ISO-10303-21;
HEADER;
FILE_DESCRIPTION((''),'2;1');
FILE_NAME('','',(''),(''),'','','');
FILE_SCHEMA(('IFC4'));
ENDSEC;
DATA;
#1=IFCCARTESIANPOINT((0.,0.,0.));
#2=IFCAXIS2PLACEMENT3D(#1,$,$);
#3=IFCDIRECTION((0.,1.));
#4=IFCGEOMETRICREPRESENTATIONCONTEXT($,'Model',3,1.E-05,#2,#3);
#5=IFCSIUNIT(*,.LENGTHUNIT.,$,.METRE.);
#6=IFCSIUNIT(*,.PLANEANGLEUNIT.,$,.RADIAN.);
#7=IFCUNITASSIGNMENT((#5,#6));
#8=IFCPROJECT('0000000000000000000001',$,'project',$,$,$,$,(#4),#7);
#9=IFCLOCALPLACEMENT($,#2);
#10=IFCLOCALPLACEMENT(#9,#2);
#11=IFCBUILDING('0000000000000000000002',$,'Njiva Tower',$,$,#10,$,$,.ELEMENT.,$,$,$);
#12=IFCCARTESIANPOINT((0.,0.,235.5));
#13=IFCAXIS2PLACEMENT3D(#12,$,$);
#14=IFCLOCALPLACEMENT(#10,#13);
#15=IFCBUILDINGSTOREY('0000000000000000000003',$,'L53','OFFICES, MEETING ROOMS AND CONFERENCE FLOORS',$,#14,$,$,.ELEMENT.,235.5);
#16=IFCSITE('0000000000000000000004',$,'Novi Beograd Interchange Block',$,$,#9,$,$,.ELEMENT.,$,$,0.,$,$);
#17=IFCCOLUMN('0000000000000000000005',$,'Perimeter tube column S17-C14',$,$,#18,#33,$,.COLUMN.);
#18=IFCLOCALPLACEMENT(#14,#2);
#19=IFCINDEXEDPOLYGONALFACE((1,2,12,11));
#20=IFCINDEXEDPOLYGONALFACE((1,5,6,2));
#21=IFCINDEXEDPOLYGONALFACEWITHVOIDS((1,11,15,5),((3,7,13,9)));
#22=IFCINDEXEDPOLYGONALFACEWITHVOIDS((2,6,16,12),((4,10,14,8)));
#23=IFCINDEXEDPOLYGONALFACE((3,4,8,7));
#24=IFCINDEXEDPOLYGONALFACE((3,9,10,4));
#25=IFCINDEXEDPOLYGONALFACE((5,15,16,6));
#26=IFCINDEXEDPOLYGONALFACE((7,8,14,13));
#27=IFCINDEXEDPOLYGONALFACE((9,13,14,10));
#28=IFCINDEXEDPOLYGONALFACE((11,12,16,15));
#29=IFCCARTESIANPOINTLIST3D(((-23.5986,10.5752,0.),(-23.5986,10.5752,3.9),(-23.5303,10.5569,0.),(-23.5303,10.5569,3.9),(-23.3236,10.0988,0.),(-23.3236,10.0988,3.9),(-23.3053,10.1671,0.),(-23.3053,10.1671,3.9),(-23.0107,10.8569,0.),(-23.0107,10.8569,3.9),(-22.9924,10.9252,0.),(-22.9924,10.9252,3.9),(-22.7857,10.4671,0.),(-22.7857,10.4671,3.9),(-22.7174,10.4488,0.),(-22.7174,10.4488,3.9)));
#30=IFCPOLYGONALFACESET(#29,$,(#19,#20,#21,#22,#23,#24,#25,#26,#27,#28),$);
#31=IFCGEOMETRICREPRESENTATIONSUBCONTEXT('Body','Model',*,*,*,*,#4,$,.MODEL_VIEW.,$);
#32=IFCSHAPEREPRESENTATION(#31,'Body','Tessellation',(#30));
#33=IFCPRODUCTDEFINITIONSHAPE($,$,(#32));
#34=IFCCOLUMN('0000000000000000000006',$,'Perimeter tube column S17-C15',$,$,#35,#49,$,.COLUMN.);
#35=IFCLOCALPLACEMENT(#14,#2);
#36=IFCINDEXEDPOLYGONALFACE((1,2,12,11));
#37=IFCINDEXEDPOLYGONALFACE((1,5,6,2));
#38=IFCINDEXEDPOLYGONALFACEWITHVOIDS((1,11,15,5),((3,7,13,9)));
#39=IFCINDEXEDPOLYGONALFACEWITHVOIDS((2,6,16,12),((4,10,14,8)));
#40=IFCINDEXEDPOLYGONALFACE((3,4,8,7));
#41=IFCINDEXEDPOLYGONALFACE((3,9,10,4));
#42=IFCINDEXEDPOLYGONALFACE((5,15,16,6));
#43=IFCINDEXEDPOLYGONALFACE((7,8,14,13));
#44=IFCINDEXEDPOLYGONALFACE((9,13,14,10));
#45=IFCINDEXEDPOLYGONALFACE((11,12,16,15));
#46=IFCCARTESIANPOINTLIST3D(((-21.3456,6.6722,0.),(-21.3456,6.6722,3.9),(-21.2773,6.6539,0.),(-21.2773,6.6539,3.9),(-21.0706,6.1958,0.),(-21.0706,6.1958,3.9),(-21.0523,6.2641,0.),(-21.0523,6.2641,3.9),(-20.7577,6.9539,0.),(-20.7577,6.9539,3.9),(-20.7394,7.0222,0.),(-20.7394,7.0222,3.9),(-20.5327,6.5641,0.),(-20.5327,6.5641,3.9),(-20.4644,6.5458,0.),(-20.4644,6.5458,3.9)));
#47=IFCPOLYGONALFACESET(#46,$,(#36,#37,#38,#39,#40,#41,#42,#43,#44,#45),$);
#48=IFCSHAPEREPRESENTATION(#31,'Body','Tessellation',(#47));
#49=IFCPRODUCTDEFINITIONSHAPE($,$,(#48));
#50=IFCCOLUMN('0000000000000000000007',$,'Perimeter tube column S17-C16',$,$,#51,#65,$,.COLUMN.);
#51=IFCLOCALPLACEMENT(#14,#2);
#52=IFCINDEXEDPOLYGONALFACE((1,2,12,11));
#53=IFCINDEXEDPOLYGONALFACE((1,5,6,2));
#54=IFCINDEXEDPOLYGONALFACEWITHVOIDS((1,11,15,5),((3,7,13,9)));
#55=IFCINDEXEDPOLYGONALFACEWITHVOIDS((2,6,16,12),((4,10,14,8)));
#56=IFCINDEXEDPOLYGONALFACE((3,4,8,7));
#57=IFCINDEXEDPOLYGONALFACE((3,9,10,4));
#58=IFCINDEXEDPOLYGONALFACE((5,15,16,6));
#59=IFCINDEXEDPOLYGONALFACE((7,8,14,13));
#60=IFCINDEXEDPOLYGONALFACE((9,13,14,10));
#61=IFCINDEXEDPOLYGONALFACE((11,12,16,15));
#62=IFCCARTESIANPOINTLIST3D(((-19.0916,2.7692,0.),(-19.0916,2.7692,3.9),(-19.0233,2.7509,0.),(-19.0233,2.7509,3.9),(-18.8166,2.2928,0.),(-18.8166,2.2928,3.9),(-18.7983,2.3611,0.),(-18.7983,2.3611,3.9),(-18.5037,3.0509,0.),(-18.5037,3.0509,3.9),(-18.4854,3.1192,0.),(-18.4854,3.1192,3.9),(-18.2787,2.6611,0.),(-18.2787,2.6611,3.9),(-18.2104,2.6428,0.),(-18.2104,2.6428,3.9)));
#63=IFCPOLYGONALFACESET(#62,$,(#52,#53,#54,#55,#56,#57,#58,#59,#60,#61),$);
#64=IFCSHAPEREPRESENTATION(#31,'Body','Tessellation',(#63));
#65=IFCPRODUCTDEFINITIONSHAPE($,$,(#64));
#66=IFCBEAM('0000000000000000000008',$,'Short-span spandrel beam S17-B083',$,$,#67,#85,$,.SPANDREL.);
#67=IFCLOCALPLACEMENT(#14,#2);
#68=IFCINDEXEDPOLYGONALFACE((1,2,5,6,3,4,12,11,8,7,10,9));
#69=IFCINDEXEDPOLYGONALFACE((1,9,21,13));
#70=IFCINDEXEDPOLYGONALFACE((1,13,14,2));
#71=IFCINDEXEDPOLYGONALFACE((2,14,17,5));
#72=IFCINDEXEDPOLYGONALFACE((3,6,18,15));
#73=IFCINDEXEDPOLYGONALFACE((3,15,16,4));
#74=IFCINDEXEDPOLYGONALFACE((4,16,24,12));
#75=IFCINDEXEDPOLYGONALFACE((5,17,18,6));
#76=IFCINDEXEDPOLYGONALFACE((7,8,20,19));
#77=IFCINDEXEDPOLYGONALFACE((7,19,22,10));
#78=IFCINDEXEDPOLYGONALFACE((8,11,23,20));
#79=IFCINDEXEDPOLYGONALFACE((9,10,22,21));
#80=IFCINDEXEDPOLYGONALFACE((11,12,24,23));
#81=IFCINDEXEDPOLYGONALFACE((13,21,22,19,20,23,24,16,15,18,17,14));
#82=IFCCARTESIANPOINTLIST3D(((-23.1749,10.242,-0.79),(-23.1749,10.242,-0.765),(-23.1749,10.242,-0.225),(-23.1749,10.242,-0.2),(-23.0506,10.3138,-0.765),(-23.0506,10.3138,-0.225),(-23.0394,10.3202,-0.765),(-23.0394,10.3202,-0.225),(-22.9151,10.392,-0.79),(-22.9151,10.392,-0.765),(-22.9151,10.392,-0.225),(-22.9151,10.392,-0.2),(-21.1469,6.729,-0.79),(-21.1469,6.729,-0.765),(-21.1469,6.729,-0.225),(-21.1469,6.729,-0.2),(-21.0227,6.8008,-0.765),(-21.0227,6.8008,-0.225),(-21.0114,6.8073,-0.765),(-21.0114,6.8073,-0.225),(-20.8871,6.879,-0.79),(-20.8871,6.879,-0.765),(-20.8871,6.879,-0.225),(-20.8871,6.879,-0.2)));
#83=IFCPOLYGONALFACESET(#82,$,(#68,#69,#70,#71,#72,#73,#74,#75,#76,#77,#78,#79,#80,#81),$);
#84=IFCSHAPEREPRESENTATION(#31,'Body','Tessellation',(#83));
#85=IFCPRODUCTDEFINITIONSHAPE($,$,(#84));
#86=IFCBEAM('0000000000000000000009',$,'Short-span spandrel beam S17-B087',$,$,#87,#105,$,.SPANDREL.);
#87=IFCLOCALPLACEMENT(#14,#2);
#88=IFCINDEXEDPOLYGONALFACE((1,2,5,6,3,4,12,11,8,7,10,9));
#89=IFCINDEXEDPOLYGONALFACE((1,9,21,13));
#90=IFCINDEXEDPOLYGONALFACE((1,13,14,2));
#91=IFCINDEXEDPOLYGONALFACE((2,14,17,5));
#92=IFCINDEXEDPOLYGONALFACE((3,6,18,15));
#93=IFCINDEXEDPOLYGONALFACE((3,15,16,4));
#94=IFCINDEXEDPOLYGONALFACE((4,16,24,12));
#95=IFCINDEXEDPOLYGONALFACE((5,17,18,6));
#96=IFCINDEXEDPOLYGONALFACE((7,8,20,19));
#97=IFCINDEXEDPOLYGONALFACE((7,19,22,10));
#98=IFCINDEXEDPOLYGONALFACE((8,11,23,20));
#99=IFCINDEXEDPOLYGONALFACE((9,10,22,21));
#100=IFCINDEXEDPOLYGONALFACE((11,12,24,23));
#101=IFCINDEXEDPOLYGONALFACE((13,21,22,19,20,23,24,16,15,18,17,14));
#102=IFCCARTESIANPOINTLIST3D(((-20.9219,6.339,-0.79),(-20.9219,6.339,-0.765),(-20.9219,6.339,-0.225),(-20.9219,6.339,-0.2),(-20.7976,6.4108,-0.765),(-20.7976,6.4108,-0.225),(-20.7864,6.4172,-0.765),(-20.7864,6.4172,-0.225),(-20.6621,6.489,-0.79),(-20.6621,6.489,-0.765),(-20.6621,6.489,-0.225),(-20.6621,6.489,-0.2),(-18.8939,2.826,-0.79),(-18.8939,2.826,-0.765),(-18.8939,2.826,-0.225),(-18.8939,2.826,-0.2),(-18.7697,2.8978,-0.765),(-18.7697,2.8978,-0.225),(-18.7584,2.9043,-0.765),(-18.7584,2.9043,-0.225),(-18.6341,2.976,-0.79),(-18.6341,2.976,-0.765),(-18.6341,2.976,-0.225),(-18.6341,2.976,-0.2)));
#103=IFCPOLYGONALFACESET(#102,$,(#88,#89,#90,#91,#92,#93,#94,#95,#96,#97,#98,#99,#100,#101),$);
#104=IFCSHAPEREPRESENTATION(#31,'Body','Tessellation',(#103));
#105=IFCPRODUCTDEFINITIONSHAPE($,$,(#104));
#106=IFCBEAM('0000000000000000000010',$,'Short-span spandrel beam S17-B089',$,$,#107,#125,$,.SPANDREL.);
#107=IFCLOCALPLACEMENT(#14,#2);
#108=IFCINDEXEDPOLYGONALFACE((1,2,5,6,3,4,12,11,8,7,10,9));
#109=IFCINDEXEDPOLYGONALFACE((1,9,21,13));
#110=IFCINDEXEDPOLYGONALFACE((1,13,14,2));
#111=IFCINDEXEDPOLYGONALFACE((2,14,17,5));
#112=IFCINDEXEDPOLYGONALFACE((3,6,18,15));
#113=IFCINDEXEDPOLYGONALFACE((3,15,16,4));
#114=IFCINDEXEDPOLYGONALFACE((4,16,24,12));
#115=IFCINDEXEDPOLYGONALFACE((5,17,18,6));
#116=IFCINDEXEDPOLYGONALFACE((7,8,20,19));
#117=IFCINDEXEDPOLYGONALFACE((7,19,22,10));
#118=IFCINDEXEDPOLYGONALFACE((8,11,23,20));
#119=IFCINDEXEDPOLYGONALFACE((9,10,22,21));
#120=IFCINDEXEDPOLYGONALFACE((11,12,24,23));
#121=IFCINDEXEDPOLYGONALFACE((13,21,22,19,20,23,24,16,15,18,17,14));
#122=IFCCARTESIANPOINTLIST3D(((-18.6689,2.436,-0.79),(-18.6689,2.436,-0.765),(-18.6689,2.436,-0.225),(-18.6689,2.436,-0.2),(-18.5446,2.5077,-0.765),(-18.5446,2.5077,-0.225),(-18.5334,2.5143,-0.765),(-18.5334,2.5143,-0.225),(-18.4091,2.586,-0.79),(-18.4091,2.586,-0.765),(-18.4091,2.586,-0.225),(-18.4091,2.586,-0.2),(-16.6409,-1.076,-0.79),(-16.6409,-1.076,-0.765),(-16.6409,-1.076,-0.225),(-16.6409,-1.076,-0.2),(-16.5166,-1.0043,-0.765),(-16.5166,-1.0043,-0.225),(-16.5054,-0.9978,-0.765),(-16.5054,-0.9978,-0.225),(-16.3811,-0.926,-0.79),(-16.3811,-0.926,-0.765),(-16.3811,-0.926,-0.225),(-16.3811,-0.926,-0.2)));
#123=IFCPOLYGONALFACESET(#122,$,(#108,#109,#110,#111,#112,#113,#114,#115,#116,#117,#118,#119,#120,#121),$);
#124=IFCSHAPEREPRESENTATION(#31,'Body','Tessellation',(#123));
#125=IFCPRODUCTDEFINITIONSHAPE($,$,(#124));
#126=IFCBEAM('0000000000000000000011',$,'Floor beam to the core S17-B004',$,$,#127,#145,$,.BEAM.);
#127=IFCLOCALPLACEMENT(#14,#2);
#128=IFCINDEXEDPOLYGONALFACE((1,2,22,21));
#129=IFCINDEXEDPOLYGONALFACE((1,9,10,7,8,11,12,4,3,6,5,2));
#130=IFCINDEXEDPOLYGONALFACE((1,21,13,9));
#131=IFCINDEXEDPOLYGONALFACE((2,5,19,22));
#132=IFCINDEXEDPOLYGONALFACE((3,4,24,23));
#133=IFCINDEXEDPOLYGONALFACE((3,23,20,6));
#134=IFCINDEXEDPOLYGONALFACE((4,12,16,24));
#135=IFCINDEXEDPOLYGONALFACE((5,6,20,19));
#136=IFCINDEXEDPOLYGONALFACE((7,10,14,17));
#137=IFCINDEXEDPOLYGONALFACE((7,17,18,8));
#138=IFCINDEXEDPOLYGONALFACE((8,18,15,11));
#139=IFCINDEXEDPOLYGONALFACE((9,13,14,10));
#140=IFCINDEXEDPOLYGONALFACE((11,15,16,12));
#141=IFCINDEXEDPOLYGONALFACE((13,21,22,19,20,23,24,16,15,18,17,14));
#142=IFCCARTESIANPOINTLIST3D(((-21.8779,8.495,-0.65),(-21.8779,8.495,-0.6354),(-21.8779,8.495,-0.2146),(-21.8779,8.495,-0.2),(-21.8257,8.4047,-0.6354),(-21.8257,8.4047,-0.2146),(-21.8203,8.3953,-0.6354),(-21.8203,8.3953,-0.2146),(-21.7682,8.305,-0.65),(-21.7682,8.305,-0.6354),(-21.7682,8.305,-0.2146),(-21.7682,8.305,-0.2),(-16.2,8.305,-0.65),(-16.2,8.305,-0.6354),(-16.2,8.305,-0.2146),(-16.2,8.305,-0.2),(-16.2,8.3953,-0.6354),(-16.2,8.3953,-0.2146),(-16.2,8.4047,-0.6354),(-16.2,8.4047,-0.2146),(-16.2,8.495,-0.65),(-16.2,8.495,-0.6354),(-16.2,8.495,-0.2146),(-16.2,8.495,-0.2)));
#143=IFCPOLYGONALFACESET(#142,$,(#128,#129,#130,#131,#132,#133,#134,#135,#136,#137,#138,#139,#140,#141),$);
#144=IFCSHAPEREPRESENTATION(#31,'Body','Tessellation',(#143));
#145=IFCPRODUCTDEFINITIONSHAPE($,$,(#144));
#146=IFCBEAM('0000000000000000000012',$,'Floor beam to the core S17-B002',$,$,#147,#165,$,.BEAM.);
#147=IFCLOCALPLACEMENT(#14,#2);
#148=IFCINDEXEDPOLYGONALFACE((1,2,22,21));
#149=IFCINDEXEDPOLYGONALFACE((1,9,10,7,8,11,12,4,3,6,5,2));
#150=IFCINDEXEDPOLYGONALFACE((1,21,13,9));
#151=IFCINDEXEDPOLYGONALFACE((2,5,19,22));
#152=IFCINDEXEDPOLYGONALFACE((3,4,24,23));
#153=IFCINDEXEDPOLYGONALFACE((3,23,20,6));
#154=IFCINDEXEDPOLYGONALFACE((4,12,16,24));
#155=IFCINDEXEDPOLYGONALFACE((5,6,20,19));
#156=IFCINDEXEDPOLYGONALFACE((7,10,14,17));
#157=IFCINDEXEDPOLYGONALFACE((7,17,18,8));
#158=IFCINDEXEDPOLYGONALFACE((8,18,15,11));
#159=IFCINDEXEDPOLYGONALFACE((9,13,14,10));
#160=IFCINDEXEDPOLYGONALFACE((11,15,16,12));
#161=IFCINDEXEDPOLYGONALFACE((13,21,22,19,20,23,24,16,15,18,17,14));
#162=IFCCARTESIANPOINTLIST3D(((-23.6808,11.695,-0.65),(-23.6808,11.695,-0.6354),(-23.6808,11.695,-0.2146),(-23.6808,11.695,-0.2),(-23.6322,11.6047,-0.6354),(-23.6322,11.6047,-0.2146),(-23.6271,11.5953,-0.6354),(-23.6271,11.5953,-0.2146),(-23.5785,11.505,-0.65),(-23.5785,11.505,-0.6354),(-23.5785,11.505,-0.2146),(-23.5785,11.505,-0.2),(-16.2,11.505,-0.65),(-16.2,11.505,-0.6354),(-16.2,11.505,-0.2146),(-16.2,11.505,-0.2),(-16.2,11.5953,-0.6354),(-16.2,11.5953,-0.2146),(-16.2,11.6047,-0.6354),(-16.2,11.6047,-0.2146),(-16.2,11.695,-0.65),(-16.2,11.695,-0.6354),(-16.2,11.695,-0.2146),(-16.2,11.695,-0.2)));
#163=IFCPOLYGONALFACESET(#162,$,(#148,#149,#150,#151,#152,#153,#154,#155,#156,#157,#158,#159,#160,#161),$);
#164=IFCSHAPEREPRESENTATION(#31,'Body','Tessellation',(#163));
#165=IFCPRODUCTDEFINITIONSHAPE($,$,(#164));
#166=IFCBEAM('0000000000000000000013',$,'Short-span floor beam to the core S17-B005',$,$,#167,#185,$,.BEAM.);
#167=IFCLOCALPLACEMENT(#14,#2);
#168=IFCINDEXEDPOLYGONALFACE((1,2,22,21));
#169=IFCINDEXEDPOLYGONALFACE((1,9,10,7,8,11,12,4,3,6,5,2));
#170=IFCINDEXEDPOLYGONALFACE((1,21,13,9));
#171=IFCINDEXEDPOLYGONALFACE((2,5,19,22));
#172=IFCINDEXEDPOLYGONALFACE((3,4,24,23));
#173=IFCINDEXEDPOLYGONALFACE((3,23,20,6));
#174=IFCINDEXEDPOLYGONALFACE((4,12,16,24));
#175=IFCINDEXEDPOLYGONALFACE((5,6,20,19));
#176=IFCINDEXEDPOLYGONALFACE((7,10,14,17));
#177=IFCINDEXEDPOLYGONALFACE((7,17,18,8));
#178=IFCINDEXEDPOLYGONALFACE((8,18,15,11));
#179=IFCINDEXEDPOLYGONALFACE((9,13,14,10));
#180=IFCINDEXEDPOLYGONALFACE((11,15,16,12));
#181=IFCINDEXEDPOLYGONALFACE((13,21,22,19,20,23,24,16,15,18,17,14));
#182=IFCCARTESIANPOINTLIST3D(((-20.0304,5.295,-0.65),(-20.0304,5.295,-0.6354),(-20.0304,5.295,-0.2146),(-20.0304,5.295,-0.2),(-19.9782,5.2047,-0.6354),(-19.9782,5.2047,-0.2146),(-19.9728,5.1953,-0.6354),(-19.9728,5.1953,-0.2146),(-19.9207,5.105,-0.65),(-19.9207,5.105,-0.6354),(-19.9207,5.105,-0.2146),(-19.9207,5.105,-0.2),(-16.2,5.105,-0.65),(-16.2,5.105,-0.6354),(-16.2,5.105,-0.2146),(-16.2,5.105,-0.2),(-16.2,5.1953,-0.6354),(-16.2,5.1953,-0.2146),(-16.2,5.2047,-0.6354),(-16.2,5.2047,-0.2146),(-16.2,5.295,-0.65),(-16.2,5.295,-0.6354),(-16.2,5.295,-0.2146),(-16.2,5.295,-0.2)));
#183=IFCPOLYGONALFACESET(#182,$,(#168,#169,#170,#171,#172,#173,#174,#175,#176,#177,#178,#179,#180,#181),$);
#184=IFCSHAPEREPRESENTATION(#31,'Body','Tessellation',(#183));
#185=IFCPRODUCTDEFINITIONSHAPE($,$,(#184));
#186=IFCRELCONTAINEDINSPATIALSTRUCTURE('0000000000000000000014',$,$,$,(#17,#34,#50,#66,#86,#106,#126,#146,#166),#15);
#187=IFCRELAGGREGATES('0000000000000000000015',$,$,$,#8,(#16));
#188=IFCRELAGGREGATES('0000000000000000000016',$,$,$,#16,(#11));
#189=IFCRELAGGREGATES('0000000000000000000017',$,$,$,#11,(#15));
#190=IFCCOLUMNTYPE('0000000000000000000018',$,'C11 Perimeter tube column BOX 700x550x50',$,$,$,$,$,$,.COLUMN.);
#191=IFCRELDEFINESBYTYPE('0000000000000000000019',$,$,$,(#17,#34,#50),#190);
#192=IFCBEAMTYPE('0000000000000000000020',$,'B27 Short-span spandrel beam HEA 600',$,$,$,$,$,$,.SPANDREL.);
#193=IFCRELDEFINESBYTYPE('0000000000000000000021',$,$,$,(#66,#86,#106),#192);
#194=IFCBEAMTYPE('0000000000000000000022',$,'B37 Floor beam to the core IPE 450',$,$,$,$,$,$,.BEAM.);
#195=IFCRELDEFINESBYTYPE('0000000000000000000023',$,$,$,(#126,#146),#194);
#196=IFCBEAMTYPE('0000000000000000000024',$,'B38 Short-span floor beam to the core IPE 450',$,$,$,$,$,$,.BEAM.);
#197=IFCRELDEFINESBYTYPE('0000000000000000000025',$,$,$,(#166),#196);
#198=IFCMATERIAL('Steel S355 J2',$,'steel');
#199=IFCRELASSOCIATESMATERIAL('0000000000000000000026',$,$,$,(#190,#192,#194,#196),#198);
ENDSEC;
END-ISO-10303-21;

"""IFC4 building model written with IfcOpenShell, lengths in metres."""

from ifc_helpers import new_model, si_unit, direction, frame, origin, origin_2d, place, context, subcontext, project, spatial, hollow_rectangle, i_section, extrude, clip, halfspace, material, material_profile, profile_set, type_object, element, save


model = new_model("IFC4")

# Units and contexts
model_context = context("Model", 3, precision=1e-05, world=origin(), true_north=direction((0.0, 1.0)))
body_context = subcontext(model_context, "Body", "Model", "MODEL_VIEW")
ifc_project = project(units=[si_unit("LENGTHUNIT", "METRE"), si_unit("PLANEANGLEUNIT", "RADIAN")], contexts=[model_context])

# Site, building, storey
site_placement = place(None, origin())
site = spatial("IfcSite", under=ifc_project, at=site_placement, Name="Novi Beograd Interchange Block", CompositionType="ELEMENT", RefElevation=0.0)
building_placement = place(site_placement, origin())
building = spatial("IfcBuilding", under=site, at=building_placement, Name="Njiva Tower", CompositionType="ELEMENT")
storey_placement = place(building_placement, frame((0.0, 0.0, 235.5)))
storey = spatial("IfcBuildingStorey", under=building, at=storey_placement, Name="L53", Description="OFFICES, MEETING ROOMS AND CONFERENCE FLOORS", CompositionType="ELEMENT", Elevation=235.5)

# Columns
ifc_material_1 = material(Name="Steel S355 J2", Category="steel")
ifc_material_profile_1 = material_profile(ifc_material_1, hollow_rectangle(XDim=0.55, YDim=0.7, WallThickness=0.05, at=origin_2d()), Name="BOX 700x550x50")
ifc_profile_set_1 = profile_set([ifc_material_profile_1], Name="Steel S355 J2")
column_type = type_object("IfcColumnType", Name="C11 Perimeter tube column BOX 700x550x50", PredefinedType="COLUMN", material=ifc_profile_set_1)
for number, where, z_axis, x_axis, name in (
    (1, (-23.158, 10.512, 0.0), (0.0, 0.0, 1.0), (0.5, -0.866025, 0.0), "Perimeter tube column S17-C14"),
    (2, (-20.905, 6.609, 0.0), (0.0, 0.0, 1.0), (0.5, -0.866025, 0.0), "Perimeter tube column S17-C15"),
    (3, (-18.651, 2.706, 0.0), (0.0, 0.0, 1.0), (0.5, -0.866025, 0.0), "Perimeter tube column S17-C16"),
):
    element("IfcColumn", number, at=place(storey_placement, frame(where, z_axis=z_axis, x_axis=x_axis)), inside=storey, type_object=column_type, Name=name, PredefinedType="COLUMN", context=body_context, shape_type="SweptSolid", body=[
        extrude(hollow_rectangle(XDim=0.55, YDim=0.7, WallThickness=0.05, at=origin_2d()), origin(), (0.0, 0.0, 1.0), 3.9),
    ])

# Beams
ifc_material_profile_2 = material_profile(ifc_material_1, i_section(OverallWidth=0.3, OverallDepth=0.59, WebThickness=0.013, FlangeThickness=0.025, at=origin_2d()), Name="HEA 600")
ifc_profile_set_2 = profile_set([ifc_material_profile_2], Name="Steel S355 J2")
beam_type_1 = type_object("IfcBeamType", Name="B27 Short-span spandrel beam HEA 600", PredefinedType="SPANDREL", material=ifc_profile_set_2)
for number, where, z_axis, x_axis, name in (
    (4, (-23.045, 10.317, -0.495), (0.499957, -0.86605, 0.0), (0.86605, 0.499957, 0.0), "Short-span spandrel beam S17-B083"),
    (5, (-20.792, 6.414, -0.495), (0.499957, -0.86605, 0.0), (0.86605, 0.499957, 0.0), "Short-span spandrel beam S17-B087"),
):
    element("IfcBeam", number, at=place(storey_placement, frame(where, z_axis=z_axis, x_axis=x_axis)), inside=storey, type_object=beam_type_1, Name=name, PredefinedType="SPANDREL", context=body_context, shape_type="SweptSolid", body=[
        extrude(i_section(OverallWidth=0.3, OverallDepth=0.59, WebThickness=0.013, FlangeThickness=0.025, at=origin_2d()), origin(), (0.0, 0.0, 1.0), 4.0563),
    ])
beam_1_placement = place(storey_placement, frame((-18.539, 2.511, -0.495), z_axis=(0.500064, -0.865988, 0.0), x_axis=(0.865988, 0.500064, 0.0)))
element("IfcBeam", 6, at=beam_1_placement, inside=storey, type_object=beam_type_1, Name="Short-span spandrel beam S17-B089", PredefinedType="SPANDREL", context=body_context, shape_type="SweptSolid", body=[
    extrude(i_section(OverallWidth=0.3, OverallDepth=0.59, WebThickness=0.013, FlangeThickness=0.025, at=origin_2d()), origin(), (0.0, 0.0, 1.0), 4.0555),
])
ifc_material_profile_3 = material_profile(ifc_material_1, i_section(OverallWidth=0.19, OverallDepth=0.45, WebThickness=0.0094, FlangeThickness=0.0146, at=origin_2d()), Name="IPE 450")
ifc_profile_set_3 = profile_set([ifc_material_profile_3], Name="Steel S355 J2")
beam_type_2 = type_object("IfcBeamType", Name="B37 Floor beam to the core IPE 450", PredefinedType="BEAM", material=ifc_profile_set_3)
beam_2_placement = place(storey_placement, frame((-21.898, 8.4, -0.425), z_axis=(1.0, 0.0, 0.0), x_axis=(0.0, 1.0, 0.0)))
element("IfcBeam", 7, at=beam_2_placement, inside=storey, type_object=beam_type_2, Name="Floor beam to the core S17-B004", PredefinedType="BEAM", context=body_context, shape_type="Clipping", body=[
    clip(extrude(i_section(OverallWidth=0.19, OverallDepth=0.45, WebThickness=0.0094, FlangeThickness=0.0146, at=origin_2d()), origin(), (0.0, 0.0, 1.0), 5.698), halfspace(frame((-0.025, 0.0, 0.0894), z_axis=(-0.499998, 0.0, -0.866027), x_axis=(0.0, -1.0, 0.0)), False)),
])
beam_3_placement = place(storey_placement, frame((-23.701, 11.6, -0.425), z_axis=(1.0, 0.0, 0.0), x_axis=(0.0, 1.0, 0.0)))
element("IfcBeam", 8, at=beam_3_placement, inside=storey, type_object=beam_type_2, Name="Floor beam to the core S17-B002", PredefinedType="BEAM", context=body_context, shape_type="Clipping", body=[
    clip(extrude(i_section(OverallWidth=0.19, OverallDepth=0.45, WebThickness=0.0094, FlangeThickness=0.0146, at=origin_2d()), origin(), (0.0, 0.0, 1.0), 7.501), halfspace(frame((-0.0237, 0.0, 0.0841), z_axis=(-0.473762, 0.0, -0.880653), x_axis=(0.0, -1.0, 0.0)), False)),
])
ifc_material_profile_4 = material_profile(ifc_material_1, i_section(OverallWidth=0.19, OverallDepth=0.45, WebThickness=0.0094, FlangeThickness=0.0146, at=origin_2d()), Name="IPE 450")
ifc_profile_set_4 = profile_set([ifc_material_profile_4], Name="Steel S355 J2")
beam_type_3 = type_object("IfcBeamType", Name="B38 Short-span floor beam to the core IPE 450", PredefinedType="BEAM", material=ifc_profile_set_4)
beam_4_placement = place(storey_placement, frame((-20.051, 5.2, -0.425), z_axis=(1.0, 0.0, 0.0), x_axis=(0.0, 1.0, 0.0)))
element("IfcBeam", 9, at=beam_4_placement, inside=storey, type_object=beam_type_3, Name="Short-span floor beam to the core S17-B005", PredefinedType="BEAM", context=body_context, shape_type="Clipping", body=[
    clip(extrude(i_section(OverallWidth=0.19, OverallDepth=0.45, WebThickness=0.0094, FlangeThickness=0.0146, at=origin_2d()), origin(), (0.0, 0.0, 1.0), 3.851), halfspace(frame((-0.025, 0.0, 0.0899), z_axis=(-0.499998, 0.0, -0.866027), x_axis=(0.0, -1.0, 0.0)), False)),
])

save(model, "model.ifc")
